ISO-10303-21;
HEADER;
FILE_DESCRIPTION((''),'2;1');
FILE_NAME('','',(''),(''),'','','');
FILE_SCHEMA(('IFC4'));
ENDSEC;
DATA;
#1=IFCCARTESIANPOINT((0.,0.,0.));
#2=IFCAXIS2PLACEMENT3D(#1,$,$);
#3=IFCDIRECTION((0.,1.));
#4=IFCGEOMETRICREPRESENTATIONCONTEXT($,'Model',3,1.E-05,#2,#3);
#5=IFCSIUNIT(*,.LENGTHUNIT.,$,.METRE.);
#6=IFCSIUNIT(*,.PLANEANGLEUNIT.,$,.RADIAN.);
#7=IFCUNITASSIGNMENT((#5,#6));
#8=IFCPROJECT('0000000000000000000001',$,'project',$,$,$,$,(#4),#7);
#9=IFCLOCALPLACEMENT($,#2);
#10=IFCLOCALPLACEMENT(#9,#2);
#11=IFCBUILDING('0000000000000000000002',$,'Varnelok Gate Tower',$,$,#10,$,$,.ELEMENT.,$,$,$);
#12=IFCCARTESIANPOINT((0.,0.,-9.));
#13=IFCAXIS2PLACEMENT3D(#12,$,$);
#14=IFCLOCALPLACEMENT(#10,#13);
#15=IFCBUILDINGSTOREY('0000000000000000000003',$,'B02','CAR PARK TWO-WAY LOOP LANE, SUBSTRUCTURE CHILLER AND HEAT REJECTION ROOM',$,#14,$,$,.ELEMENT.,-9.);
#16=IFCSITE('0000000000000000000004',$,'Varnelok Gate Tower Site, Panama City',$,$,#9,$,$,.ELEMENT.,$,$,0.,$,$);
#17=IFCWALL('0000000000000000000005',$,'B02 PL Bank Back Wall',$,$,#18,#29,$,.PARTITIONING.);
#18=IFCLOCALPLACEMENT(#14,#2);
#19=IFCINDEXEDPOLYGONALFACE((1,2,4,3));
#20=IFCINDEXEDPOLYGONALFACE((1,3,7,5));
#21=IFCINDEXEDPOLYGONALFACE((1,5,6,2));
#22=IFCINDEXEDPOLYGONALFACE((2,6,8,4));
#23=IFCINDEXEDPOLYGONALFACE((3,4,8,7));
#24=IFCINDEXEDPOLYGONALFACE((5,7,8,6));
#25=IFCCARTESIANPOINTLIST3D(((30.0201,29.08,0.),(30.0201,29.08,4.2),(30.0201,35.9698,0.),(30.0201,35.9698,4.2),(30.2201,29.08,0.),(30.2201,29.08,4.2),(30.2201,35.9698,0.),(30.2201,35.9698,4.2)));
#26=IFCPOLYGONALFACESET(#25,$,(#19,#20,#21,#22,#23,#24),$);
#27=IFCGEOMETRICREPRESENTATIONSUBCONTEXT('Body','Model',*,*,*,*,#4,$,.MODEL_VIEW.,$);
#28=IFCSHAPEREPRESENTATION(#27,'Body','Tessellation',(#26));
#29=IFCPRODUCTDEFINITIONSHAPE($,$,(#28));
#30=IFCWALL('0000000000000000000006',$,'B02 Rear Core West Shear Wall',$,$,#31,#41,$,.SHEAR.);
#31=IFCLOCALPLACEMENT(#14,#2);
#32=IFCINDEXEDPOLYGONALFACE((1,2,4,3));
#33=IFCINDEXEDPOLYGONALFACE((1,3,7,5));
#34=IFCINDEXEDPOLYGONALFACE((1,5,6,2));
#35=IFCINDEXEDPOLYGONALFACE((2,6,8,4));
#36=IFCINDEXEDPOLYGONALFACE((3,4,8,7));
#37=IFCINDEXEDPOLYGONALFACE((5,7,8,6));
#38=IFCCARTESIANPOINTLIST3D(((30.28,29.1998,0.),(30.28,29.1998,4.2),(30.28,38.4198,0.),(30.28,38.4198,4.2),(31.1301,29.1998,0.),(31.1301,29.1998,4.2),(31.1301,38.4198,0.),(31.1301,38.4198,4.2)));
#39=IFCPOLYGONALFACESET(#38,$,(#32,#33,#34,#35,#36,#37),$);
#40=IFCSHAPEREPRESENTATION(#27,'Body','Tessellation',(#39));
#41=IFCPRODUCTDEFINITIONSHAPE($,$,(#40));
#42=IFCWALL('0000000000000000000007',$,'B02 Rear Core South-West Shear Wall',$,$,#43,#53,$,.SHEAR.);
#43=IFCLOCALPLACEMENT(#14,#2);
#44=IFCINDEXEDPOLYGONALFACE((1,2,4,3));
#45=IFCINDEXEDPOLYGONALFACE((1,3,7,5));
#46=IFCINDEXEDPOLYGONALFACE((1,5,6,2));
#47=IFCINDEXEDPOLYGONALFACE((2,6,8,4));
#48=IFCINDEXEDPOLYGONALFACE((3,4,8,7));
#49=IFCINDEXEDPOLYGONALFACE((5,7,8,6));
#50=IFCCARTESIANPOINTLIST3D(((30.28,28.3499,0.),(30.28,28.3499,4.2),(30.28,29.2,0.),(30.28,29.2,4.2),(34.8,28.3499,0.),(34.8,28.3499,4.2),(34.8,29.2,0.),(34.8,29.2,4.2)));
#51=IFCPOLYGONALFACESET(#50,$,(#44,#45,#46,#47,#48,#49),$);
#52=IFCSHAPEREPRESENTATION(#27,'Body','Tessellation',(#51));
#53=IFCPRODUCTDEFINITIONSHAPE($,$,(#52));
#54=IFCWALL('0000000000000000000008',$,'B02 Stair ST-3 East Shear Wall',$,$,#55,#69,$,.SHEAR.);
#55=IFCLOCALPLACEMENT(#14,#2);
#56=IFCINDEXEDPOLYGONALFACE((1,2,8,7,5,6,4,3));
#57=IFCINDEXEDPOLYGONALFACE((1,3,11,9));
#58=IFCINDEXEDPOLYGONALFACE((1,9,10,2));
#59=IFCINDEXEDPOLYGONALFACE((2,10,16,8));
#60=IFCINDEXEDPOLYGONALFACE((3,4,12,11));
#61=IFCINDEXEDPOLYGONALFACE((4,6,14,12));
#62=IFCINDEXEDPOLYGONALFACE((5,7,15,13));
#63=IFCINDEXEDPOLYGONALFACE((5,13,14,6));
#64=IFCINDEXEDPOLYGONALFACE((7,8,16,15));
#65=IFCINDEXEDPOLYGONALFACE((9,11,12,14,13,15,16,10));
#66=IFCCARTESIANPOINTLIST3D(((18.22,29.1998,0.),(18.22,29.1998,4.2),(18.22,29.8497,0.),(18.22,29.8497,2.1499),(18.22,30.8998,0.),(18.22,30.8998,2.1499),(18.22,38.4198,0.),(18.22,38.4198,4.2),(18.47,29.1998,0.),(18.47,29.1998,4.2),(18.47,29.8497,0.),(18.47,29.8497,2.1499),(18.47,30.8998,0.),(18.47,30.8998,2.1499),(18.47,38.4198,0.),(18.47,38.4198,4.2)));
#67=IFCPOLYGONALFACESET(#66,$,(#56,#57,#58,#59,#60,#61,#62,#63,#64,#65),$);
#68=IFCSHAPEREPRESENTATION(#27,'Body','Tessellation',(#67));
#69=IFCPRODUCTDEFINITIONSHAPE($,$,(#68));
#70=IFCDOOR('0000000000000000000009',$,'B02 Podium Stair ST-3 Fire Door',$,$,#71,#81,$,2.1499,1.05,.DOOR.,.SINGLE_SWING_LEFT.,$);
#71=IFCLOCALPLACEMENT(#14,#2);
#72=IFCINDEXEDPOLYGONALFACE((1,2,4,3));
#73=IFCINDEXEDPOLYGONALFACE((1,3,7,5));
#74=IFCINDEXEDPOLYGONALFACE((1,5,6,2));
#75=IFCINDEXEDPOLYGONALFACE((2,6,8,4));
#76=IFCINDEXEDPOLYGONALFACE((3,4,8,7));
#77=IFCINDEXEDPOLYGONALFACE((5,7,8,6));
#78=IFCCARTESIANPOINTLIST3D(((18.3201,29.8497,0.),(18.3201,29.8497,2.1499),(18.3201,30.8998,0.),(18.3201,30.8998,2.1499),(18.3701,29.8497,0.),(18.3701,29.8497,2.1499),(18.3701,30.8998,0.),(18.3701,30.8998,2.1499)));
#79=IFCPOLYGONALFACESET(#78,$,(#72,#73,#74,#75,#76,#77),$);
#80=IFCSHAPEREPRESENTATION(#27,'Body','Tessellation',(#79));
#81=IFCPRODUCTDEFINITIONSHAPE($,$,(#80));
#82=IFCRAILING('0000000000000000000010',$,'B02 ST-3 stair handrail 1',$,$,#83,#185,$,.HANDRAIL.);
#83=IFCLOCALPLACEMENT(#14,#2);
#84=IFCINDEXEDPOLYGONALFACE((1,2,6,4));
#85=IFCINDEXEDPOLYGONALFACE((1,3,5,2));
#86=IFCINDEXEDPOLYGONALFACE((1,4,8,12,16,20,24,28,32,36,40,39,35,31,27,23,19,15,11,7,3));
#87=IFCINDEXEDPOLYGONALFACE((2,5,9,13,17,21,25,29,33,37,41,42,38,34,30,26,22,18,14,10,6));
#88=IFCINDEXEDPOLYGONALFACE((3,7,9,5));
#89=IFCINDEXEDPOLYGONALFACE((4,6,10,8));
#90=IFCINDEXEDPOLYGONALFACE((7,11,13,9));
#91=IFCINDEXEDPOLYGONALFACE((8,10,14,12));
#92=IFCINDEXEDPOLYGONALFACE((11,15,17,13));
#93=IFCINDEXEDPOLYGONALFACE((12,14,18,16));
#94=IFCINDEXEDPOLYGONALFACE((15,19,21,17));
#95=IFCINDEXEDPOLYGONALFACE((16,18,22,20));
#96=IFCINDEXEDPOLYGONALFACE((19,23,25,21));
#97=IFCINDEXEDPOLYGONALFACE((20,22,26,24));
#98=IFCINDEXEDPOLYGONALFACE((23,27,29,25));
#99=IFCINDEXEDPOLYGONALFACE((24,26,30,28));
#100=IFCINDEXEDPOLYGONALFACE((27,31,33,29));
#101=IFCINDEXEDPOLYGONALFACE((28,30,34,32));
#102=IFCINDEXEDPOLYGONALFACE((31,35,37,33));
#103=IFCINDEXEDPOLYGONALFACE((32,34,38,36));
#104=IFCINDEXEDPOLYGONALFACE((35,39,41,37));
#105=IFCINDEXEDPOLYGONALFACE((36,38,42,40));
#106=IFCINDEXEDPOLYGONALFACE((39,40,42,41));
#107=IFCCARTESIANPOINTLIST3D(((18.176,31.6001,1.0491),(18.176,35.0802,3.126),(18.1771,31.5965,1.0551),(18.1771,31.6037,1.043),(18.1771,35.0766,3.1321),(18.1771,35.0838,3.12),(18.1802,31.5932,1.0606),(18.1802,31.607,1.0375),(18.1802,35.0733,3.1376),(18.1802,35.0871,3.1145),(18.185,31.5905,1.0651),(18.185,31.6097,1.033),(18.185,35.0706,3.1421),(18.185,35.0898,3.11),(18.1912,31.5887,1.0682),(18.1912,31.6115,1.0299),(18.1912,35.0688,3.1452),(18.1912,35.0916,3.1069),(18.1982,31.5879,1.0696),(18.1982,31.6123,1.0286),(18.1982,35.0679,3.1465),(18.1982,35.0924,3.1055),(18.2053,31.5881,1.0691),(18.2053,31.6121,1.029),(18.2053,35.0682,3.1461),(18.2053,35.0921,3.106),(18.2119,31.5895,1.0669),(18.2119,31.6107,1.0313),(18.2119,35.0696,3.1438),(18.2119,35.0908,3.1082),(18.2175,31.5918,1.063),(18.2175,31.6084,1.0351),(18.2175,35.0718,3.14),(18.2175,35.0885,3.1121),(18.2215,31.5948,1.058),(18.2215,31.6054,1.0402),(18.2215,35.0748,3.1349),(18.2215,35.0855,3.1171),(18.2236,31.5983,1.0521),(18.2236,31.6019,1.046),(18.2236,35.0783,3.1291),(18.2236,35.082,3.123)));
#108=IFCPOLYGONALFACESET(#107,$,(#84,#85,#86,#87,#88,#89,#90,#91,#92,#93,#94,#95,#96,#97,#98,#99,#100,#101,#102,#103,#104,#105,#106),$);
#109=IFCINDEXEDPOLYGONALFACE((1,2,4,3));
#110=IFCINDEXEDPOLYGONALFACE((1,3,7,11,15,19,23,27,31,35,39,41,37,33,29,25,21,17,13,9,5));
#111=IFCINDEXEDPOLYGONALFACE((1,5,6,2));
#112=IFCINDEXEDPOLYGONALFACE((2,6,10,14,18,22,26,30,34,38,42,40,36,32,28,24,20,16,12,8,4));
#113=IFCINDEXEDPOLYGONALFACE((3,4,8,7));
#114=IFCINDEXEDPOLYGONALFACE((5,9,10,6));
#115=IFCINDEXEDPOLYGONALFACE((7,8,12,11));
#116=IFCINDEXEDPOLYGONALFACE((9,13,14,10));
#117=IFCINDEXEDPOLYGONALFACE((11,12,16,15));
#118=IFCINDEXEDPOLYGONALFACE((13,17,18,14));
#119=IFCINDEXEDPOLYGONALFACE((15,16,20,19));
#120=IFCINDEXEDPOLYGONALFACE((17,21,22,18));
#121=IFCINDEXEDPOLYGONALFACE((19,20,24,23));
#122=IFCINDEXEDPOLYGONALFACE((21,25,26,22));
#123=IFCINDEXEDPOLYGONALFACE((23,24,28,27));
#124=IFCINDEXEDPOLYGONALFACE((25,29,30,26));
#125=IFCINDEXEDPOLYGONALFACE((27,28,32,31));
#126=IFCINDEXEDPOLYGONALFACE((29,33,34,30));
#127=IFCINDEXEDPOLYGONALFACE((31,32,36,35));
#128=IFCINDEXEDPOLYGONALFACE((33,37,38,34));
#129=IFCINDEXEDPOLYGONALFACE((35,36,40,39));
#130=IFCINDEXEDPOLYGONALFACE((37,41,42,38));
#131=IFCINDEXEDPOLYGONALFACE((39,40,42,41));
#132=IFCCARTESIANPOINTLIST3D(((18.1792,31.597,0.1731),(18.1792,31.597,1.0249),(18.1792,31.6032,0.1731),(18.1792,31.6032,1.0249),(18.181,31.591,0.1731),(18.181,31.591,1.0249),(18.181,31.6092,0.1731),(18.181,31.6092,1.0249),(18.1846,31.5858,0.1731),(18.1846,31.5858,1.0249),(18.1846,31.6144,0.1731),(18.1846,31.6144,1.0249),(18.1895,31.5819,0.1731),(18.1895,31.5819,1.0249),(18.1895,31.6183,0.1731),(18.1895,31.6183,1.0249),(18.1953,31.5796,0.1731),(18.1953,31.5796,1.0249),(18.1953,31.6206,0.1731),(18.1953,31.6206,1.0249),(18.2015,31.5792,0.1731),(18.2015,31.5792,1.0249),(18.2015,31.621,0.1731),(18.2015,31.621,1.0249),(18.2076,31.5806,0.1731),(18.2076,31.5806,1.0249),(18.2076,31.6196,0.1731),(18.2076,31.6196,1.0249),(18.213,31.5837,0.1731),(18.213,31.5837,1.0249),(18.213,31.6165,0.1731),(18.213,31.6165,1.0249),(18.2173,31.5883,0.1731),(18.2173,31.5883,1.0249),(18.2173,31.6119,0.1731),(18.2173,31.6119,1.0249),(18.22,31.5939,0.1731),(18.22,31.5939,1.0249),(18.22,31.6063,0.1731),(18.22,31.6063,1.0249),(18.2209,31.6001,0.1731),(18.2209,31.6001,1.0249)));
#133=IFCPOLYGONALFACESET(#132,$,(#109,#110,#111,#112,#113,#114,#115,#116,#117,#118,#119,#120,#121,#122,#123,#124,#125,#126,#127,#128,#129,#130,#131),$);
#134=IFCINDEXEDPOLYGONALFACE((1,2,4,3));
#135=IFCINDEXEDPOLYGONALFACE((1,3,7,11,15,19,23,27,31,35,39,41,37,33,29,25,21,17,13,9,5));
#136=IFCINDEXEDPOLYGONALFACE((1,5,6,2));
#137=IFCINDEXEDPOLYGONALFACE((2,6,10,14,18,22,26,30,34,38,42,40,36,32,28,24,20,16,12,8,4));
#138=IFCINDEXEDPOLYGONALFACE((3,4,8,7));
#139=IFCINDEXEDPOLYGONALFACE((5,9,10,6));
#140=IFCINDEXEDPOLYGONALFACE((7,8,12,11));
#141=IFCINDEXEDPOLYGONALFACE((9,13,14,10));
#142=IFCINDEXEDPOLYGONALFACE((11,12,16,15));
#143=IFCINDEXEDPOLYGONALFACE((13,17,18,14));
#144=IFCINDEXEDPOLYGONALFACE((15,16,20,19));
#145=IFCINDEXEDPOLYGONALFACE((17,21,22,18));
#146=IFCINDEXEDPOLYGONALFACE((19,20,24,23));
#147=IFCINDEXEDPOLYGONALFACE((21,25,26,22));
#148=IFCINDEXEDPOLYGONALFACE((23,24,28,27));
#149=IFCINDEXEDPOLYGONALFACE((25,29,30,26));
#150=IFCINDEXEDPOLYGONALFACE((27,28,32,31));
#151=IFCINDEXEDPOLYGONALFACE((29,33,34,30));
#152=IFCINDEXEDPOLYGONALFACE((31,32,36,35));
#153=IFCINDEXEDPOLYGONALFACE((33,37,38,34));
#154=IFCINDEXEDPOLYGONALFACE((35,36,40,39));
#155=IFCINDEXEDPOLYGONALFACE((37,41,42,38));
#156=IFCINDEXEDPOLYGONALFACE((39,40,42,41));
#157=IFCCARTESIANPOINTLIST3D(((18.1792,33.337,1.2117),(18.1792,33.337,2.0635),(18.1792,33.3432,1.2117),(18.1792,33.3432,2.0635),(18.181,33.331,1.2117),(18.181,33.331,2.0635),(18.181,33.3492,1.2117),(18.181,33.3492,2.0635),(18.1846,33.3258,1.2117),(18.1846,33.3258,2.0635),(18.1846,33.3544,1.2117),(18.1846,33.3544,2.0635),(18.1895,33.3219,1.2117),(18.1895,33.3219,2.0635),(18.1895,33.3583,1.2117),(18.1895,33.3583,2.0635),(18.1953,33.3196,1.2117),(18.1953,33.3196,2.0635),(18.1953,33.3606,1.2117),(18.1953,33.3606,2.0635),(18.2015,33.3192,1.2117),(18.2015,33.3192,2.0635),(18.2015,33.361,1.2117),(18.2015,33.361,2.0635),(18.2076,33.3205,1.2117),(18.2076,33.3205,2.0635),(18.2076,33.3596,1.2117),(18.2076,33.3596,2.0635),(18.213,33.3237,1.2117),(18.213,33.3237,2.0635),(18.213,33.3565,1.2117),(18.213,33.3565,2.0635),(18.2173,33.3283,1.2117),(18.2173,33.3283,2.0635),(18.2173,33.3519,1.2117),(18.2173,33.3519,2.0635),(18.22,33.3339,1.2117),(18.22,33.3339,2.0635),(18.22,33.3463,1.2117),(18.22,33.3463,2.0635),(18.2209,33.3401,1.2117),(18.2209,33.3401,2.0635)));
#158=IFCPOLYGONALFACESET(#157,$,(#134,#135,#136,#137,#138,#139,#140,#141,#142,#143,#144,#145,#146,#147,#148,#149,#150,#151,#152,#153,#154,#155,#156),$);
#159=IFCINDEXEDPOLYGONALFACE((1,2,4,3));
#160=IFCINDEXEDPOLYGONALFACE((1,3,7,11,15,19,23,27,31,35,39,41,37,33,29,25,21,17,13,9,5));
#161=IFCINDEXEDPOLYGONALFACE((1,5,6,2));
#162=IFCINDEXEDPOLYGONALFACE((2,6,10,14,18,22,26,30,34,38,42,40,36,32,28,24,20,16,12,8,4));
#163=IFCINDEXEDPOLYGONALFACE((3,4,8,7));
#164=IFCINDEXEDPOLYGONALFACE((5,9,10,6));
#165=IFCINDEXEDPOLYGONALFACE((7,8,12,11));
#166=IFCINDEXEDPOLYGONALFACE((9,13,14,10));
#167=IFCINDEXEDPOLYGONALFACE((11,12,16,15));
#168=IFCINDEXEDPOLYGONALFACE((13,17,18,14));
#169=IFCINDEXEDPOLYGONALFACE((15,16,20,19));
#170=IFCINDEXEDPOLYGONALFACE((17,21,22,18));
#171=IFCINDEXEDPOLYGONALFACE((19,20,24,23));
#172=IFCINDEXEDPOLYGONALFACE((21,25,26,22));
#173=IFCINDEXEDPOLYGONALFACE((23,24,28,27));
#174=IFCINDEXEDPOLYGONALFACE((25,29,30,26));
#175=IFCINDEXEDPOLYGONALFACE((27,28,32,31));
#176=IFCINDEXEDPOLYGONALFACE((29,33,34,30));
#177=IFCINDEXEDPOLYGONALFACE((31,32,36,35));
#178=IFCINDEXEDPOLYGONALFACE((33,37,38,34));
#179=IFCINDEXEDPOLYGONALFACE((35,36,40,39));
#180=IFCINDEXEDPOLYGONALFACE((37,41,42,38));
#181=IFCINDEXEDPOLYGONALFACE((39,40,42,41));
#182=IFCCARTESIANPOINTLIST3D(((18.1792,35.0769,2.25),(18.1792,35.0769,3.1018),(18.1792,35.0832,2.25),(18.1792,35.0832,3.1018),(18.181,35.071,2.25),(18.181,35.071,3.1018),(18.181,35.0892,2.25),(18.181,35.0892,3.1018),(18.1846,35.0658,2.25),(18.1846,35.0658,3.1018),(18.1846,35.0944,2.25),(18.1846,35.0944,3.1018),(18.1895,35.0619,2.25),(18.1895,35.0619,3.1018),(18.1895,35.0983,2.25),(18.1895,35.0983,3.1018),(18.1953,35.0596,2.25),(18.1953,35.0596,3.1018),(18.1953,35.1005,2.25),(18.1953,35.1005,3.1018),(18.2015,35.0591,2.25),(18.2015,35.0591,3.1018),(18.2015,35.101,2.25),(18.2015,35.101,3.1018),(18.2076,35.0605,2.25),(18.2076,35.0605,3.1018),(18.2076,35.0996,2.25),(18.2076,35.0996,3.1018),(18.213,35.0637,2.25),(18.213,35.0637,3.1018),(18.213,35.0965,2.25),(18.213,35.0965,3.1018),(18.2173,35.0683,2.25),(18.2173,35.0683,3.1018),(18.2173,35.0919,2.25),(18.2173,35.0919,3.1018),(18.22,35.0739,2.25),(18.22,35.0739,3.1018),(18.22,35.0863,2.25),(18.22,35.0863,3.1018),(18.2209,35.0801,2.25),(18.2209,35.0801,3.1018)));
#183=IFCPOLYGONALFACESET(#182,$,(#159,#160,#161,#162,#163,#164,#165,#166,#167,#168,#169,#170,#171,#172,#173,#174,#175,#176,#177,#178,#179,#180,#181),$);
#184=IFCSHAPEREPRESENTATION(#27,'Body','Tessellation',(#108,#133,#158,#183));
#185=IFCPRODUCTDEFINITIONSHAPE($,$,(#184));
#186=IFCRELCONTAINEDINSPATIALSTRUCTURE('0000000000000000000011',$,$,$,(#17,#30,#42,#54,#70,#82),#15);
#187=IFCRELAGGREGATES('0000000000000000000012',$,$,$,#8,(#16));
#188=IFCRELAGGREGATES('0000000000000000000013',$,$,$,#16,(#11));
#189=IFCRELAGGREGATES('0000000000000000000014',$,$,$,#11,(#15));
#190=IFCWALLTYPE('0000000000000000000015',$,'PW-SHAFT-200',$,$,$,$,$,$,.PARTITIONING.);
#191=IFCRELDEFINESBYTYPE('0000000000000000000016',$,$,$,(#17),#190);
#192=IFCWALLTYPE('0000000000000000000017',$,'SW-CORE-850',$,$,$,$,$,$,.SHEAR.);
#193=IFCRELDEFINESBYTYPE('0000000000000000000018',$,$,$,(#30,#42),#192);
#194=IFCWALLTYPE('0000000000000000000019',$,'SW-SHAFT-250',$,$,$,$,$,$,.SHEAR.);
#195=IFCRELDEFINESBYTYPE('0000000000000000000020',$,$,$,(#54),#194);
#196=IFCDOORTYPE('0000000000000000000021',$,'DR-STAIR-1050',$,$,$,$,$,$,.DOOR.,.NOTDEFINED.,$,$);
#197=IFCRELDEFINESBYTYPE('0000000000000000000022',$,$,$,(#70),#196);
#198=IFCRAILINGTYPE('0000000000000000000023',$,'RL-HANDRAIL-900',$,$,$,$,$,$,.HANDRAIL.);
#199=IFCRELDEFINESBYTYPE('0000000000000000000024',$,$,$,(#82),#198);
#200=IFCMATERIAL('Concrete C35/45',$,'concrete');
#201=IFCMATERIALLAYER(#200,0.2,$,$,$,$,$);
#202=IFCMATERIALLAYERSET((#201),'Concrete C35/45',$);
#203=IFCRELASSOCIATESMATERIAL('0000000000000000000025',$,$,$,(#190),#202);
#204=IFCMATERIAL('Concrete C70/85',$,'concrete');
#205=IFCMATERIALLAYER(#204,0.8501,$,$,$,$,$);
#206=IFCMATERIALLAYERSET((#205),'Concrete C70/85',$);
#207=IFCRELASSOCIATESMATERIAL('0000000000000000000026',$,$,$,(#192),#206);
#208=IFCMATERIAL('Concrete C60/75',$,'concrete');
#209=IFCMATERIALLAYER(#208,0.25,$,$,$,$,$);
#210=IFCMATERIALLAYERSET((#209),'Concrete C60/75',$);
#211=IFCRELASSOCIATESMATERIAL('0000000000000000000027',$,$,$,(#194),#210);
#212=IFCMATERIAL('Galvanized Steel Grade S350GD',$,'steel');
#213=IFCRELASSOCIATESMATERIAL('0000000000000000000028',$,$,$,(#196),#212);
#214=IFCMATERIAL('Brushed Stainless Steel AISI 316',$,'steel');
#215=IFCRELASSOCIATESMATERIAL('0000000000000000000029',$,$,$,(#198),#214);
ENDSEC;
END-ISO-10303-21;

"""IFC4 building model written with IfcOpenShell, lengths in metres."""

from ifc_helpers import new_model, si_unit, direction, frame, frame_2d, origin, origin_2d, place, context, subcontext, project, spatial, rectangle, circle, extrude, material, layer, layer_set, type_object, element, fill, save


model = new_model("IFC4")

# Units and contexts
model_context = context("Model", 3, precision=1e-05, world=origin(), true_north=direction((0.0, 1.0)))
body_context = subcontext(model_context, "Body", "Model", "MODEL_VIEW")
ifc_project = project(units=[si_unit("LENGTHUNIT", "METRE"), si_unit("PLANEANGLEUNIT", "RADIAN")], contexts=[model_context])

# Site, building, storey
site_placement = place(None, origin())
site = spatial("IfcSite", under=ifc_project, at=site_placement, Name="Varnelok Gate Tower Site, Panama City", CompositionType="ELEMENT", RefElevation=0.0)
building_placement = place(site_placement, origin())
building = spatial("IfcBuilding", under=site, at=building_placement, Name="Varnelok Gate Tower", CompositionType="ELEMENT")
storey_placement = place(building_placement, frame((0.0, 0.0, -9.0)))
storey = spatial("IfcBuildingStorey", under=building, at=storey_placement, Name="B02", Description="CAR PARK TWO-WAY LOOP LANE, SUBSTRUCTURE CHILLER AND HEAT REJECTION ROOM", CompositionType="ELEMENT", Elevation=-9.0)

# Shared definitions
ifc_material_1 = material(Name="Galvanized Steel Grade S350GD", Category="steel")

# Wall
ifc_material_2 = material(Name="Concrete C35/45", Category="concrete")
ifc_layer_1 = layer(ifc_material_2, 0.2)
ifc_layer_set_1 = layer_set([ifc_layer_1], Name="Concrete C35/45")
wall_type_1 = type_object("IfcWallType", Name="PW-SHAFT-200", PredefinedType="PARTITIONING", material=ifc_layer_set_1)
wall_1_placement = place(storey_placement, frame((30.1201, 29.0801, 0.0), z_axis=(0.0, 0.0, 1.0), x_axis=(0.0, 1.0, 0.0)))
element("IfcWall", 1, at=wall_1_placement, inside=storey, type_object=wall_type_1, Name="B02 PL Bank Back Wall", PredefinedType="PARTITIONING", context=body_context, shape_type="SweptSolid", body=[
    extrude(rectangle(XDim=6.8899, YDim=0.2, at=frame_2d((3.4448, 0.0))), origin(), (0.0, 0.0, 1.0), 4.2),
])

# Walls
ifc_material_3 = material(Name="Concrete C70/85", Category="concrete")
ifc_layer_2 = layer(ifc_material_3, 0.8501)
ifc_layer_set_2 = layer_set([ifc_layer_2], Name="Concrete C70/85")
wall_type_2 = type_object("IfcWallType", Name="SW-CORE-850", PredefinedType="SHEAR", material=ifc_layer_set_2)
wall_2_placement = place(storey_placement, frame((30.7051, 29.2, 0.0), z_axis=(0.0, 0.0, 1.0), x_axis=(0.0, 1.0, 0.0)))
element("IfcWall", 2, at=wall_2_placement, inside=storey, type_object=wall_type_2, Name="B02 Rear Core West Shear Wall", PredefinedType="SHEAR", context=body_context, shape_type="SweptSolid", body=[
    extrude(rectangle(XDim=9.22, YDim=0.8501, at=frame_2d((4.6099, 0.0))), origin(), (0.0, 0.0, 1.0), 4.2),
])
wall_3_placement = place(storey_placement, frame((30.28, 28.7749, 0.0), z_axis=(0.0, 0.0, 1.0), x_axis=(1.0, 0.0, 0.0)))
element("IfcWall", 3, at=wall_3_placement, inside=storey, type_object=wall_type_2, Name="B02 Rear Core South-West Shear Wall", PredefinedType="SHEAR", context=body_context, shape_type="SweptSolid", body=[
    extrude(rectangle(XDim=4.52, YDim=0.8501, at=frame_2d((2.26, 0.0))), origin(), (0.0, 0.0, 1.0), 4.2),
])

# Wall, opening, door
ifc_material_4 = material(Name="Concrete C60/75", Category="concrete")
ifc_layer_3 = layer(ifc_material_4, 0.25)
ifc_layer_set_3 = layer_set([ifc_layer_3], Name="Concrete C60/75")
wall_type_3 = type_object("IfcWallType", Name="SW-SHAFT-250", PredefinedType="SHEAR", material=ifc_layer_set_3)
wall_4_placement = place(storey_placement, frame((18.345, 29.2, 0.0), z_axis=(0.0, 0.0, 1.0), x_axis=(0.0, 1.0, 0.0)))
wall_4 = element("IfcWall", 4, at=wall_4_placement, inside=storey, type_object=wall_type_3, Name="B02 Stair ST-3 East Shear Wall", PredefinedType="SHEAR", context=body_context, shape_type="SweptSolid", body=[
    extrude(rectangle(XDim=9.22, YDim=0.25, at=frame_2d((4.6099, 0.0))), origin(), (0.0, 0.0, 1.0), 4.2),
])
opening_1_placement = place(wall_4_placement, frame((0.6499, 0.0, 0.0)))
opening_1 = element("IfcOpeningElement", 5, at=opening_1_placement, cuts=wall_4, PredefinedType="OPENING", context=body_context, shape_type="SweptSolid", body=[
    extrude(rectangle(XDim=1.05, YDim=2.1499, at=frame_2d((0.5249, 1.075))), frame((0.0, 0.135, 0.0), z_axis=(0.0, -1.0, 0.0), x_axis=(1.0, 0.0, 0.0)), (0.0, 0.0, 1.0), 0.27),
])
door_type_1 = type_object("IfcDoorType", Name="DR-STAIR-1050", OperationType="NOTDEFINED", PredefinedType="DOOR", material=ifc_material_1)
door_1_placement = place(opening_1_placement, origin())
door_1 = element("IfcDoor", 6, at=door_1_placement, inside=storey, type_object=door_type_1, Name="B02 Podium Stair ST-3 Fire Door", OperationType="SINGLE_SWING_LEFT", OverallHeight=2.1499, OverallWidth=1.05, PredefinedType="DOOR", context=body_context, shape_type="SweptSolid", body=[
    extrude(rectangle(XDim=1.05, YDim=2.1499, at=frame_2d((0.5249, 1.075))), frame((0.0, 0.0249, 0.0), z_axis=(0.0, -1.0, 0.0), x_axis=(1.0, 0.0, 0.0)), (0.0, 0.0, 1.0), 0.05),
])
fill(opening_1, door_1)

# Railing
ifc_material_5 = material(Name="Brushed Stainless Steel AISI 316", Category="steel")
railing_type_1 = type_object("IfcRailingType", Name="RL-HANDRAIL-900", PredefinedType="HANDRAIL", material=ifc_material_5)
railing_1_placement = place(storey_placement, frame((18.2, 31.6001, 0.1731)))
element("IfcRailing", 7, at=railing_1_placement, inside=storey, type_object=railing_type_1, Name="B02 ST-3 stair handrail 1", PredefinedType="HANDRAIL", context=body_context, shape_type="SweptSolid", body=[
    extrude(circle(Radius=0.0239, at=origin_2d()), frame((0.0, 0.0, 0.876), z_axis=(0.0, 0.858697, 0.512483), x_axis=(-1.0, 0.0, 0.0)), (0.0, 0.0, 1.0), 4.0527),
    extrude(circle(Radius=0.021, at=origin_2d()), origin(), (0.0, 0.0, 1.0), 0.8518),
    extrude(circle(Radius=0.021, at=origin_2d()), frame((0.0, 1.74, 1.0386)), (0.0, 0.0, 1.0), 0.8518),
    extrude(circle(Radius=0.021, at=origin_2d()), frame((0.0, 3.48, 2.0769)), (0.0, 0.0, 1.0), 0.8518),
])

save(model, "model.ifc")
